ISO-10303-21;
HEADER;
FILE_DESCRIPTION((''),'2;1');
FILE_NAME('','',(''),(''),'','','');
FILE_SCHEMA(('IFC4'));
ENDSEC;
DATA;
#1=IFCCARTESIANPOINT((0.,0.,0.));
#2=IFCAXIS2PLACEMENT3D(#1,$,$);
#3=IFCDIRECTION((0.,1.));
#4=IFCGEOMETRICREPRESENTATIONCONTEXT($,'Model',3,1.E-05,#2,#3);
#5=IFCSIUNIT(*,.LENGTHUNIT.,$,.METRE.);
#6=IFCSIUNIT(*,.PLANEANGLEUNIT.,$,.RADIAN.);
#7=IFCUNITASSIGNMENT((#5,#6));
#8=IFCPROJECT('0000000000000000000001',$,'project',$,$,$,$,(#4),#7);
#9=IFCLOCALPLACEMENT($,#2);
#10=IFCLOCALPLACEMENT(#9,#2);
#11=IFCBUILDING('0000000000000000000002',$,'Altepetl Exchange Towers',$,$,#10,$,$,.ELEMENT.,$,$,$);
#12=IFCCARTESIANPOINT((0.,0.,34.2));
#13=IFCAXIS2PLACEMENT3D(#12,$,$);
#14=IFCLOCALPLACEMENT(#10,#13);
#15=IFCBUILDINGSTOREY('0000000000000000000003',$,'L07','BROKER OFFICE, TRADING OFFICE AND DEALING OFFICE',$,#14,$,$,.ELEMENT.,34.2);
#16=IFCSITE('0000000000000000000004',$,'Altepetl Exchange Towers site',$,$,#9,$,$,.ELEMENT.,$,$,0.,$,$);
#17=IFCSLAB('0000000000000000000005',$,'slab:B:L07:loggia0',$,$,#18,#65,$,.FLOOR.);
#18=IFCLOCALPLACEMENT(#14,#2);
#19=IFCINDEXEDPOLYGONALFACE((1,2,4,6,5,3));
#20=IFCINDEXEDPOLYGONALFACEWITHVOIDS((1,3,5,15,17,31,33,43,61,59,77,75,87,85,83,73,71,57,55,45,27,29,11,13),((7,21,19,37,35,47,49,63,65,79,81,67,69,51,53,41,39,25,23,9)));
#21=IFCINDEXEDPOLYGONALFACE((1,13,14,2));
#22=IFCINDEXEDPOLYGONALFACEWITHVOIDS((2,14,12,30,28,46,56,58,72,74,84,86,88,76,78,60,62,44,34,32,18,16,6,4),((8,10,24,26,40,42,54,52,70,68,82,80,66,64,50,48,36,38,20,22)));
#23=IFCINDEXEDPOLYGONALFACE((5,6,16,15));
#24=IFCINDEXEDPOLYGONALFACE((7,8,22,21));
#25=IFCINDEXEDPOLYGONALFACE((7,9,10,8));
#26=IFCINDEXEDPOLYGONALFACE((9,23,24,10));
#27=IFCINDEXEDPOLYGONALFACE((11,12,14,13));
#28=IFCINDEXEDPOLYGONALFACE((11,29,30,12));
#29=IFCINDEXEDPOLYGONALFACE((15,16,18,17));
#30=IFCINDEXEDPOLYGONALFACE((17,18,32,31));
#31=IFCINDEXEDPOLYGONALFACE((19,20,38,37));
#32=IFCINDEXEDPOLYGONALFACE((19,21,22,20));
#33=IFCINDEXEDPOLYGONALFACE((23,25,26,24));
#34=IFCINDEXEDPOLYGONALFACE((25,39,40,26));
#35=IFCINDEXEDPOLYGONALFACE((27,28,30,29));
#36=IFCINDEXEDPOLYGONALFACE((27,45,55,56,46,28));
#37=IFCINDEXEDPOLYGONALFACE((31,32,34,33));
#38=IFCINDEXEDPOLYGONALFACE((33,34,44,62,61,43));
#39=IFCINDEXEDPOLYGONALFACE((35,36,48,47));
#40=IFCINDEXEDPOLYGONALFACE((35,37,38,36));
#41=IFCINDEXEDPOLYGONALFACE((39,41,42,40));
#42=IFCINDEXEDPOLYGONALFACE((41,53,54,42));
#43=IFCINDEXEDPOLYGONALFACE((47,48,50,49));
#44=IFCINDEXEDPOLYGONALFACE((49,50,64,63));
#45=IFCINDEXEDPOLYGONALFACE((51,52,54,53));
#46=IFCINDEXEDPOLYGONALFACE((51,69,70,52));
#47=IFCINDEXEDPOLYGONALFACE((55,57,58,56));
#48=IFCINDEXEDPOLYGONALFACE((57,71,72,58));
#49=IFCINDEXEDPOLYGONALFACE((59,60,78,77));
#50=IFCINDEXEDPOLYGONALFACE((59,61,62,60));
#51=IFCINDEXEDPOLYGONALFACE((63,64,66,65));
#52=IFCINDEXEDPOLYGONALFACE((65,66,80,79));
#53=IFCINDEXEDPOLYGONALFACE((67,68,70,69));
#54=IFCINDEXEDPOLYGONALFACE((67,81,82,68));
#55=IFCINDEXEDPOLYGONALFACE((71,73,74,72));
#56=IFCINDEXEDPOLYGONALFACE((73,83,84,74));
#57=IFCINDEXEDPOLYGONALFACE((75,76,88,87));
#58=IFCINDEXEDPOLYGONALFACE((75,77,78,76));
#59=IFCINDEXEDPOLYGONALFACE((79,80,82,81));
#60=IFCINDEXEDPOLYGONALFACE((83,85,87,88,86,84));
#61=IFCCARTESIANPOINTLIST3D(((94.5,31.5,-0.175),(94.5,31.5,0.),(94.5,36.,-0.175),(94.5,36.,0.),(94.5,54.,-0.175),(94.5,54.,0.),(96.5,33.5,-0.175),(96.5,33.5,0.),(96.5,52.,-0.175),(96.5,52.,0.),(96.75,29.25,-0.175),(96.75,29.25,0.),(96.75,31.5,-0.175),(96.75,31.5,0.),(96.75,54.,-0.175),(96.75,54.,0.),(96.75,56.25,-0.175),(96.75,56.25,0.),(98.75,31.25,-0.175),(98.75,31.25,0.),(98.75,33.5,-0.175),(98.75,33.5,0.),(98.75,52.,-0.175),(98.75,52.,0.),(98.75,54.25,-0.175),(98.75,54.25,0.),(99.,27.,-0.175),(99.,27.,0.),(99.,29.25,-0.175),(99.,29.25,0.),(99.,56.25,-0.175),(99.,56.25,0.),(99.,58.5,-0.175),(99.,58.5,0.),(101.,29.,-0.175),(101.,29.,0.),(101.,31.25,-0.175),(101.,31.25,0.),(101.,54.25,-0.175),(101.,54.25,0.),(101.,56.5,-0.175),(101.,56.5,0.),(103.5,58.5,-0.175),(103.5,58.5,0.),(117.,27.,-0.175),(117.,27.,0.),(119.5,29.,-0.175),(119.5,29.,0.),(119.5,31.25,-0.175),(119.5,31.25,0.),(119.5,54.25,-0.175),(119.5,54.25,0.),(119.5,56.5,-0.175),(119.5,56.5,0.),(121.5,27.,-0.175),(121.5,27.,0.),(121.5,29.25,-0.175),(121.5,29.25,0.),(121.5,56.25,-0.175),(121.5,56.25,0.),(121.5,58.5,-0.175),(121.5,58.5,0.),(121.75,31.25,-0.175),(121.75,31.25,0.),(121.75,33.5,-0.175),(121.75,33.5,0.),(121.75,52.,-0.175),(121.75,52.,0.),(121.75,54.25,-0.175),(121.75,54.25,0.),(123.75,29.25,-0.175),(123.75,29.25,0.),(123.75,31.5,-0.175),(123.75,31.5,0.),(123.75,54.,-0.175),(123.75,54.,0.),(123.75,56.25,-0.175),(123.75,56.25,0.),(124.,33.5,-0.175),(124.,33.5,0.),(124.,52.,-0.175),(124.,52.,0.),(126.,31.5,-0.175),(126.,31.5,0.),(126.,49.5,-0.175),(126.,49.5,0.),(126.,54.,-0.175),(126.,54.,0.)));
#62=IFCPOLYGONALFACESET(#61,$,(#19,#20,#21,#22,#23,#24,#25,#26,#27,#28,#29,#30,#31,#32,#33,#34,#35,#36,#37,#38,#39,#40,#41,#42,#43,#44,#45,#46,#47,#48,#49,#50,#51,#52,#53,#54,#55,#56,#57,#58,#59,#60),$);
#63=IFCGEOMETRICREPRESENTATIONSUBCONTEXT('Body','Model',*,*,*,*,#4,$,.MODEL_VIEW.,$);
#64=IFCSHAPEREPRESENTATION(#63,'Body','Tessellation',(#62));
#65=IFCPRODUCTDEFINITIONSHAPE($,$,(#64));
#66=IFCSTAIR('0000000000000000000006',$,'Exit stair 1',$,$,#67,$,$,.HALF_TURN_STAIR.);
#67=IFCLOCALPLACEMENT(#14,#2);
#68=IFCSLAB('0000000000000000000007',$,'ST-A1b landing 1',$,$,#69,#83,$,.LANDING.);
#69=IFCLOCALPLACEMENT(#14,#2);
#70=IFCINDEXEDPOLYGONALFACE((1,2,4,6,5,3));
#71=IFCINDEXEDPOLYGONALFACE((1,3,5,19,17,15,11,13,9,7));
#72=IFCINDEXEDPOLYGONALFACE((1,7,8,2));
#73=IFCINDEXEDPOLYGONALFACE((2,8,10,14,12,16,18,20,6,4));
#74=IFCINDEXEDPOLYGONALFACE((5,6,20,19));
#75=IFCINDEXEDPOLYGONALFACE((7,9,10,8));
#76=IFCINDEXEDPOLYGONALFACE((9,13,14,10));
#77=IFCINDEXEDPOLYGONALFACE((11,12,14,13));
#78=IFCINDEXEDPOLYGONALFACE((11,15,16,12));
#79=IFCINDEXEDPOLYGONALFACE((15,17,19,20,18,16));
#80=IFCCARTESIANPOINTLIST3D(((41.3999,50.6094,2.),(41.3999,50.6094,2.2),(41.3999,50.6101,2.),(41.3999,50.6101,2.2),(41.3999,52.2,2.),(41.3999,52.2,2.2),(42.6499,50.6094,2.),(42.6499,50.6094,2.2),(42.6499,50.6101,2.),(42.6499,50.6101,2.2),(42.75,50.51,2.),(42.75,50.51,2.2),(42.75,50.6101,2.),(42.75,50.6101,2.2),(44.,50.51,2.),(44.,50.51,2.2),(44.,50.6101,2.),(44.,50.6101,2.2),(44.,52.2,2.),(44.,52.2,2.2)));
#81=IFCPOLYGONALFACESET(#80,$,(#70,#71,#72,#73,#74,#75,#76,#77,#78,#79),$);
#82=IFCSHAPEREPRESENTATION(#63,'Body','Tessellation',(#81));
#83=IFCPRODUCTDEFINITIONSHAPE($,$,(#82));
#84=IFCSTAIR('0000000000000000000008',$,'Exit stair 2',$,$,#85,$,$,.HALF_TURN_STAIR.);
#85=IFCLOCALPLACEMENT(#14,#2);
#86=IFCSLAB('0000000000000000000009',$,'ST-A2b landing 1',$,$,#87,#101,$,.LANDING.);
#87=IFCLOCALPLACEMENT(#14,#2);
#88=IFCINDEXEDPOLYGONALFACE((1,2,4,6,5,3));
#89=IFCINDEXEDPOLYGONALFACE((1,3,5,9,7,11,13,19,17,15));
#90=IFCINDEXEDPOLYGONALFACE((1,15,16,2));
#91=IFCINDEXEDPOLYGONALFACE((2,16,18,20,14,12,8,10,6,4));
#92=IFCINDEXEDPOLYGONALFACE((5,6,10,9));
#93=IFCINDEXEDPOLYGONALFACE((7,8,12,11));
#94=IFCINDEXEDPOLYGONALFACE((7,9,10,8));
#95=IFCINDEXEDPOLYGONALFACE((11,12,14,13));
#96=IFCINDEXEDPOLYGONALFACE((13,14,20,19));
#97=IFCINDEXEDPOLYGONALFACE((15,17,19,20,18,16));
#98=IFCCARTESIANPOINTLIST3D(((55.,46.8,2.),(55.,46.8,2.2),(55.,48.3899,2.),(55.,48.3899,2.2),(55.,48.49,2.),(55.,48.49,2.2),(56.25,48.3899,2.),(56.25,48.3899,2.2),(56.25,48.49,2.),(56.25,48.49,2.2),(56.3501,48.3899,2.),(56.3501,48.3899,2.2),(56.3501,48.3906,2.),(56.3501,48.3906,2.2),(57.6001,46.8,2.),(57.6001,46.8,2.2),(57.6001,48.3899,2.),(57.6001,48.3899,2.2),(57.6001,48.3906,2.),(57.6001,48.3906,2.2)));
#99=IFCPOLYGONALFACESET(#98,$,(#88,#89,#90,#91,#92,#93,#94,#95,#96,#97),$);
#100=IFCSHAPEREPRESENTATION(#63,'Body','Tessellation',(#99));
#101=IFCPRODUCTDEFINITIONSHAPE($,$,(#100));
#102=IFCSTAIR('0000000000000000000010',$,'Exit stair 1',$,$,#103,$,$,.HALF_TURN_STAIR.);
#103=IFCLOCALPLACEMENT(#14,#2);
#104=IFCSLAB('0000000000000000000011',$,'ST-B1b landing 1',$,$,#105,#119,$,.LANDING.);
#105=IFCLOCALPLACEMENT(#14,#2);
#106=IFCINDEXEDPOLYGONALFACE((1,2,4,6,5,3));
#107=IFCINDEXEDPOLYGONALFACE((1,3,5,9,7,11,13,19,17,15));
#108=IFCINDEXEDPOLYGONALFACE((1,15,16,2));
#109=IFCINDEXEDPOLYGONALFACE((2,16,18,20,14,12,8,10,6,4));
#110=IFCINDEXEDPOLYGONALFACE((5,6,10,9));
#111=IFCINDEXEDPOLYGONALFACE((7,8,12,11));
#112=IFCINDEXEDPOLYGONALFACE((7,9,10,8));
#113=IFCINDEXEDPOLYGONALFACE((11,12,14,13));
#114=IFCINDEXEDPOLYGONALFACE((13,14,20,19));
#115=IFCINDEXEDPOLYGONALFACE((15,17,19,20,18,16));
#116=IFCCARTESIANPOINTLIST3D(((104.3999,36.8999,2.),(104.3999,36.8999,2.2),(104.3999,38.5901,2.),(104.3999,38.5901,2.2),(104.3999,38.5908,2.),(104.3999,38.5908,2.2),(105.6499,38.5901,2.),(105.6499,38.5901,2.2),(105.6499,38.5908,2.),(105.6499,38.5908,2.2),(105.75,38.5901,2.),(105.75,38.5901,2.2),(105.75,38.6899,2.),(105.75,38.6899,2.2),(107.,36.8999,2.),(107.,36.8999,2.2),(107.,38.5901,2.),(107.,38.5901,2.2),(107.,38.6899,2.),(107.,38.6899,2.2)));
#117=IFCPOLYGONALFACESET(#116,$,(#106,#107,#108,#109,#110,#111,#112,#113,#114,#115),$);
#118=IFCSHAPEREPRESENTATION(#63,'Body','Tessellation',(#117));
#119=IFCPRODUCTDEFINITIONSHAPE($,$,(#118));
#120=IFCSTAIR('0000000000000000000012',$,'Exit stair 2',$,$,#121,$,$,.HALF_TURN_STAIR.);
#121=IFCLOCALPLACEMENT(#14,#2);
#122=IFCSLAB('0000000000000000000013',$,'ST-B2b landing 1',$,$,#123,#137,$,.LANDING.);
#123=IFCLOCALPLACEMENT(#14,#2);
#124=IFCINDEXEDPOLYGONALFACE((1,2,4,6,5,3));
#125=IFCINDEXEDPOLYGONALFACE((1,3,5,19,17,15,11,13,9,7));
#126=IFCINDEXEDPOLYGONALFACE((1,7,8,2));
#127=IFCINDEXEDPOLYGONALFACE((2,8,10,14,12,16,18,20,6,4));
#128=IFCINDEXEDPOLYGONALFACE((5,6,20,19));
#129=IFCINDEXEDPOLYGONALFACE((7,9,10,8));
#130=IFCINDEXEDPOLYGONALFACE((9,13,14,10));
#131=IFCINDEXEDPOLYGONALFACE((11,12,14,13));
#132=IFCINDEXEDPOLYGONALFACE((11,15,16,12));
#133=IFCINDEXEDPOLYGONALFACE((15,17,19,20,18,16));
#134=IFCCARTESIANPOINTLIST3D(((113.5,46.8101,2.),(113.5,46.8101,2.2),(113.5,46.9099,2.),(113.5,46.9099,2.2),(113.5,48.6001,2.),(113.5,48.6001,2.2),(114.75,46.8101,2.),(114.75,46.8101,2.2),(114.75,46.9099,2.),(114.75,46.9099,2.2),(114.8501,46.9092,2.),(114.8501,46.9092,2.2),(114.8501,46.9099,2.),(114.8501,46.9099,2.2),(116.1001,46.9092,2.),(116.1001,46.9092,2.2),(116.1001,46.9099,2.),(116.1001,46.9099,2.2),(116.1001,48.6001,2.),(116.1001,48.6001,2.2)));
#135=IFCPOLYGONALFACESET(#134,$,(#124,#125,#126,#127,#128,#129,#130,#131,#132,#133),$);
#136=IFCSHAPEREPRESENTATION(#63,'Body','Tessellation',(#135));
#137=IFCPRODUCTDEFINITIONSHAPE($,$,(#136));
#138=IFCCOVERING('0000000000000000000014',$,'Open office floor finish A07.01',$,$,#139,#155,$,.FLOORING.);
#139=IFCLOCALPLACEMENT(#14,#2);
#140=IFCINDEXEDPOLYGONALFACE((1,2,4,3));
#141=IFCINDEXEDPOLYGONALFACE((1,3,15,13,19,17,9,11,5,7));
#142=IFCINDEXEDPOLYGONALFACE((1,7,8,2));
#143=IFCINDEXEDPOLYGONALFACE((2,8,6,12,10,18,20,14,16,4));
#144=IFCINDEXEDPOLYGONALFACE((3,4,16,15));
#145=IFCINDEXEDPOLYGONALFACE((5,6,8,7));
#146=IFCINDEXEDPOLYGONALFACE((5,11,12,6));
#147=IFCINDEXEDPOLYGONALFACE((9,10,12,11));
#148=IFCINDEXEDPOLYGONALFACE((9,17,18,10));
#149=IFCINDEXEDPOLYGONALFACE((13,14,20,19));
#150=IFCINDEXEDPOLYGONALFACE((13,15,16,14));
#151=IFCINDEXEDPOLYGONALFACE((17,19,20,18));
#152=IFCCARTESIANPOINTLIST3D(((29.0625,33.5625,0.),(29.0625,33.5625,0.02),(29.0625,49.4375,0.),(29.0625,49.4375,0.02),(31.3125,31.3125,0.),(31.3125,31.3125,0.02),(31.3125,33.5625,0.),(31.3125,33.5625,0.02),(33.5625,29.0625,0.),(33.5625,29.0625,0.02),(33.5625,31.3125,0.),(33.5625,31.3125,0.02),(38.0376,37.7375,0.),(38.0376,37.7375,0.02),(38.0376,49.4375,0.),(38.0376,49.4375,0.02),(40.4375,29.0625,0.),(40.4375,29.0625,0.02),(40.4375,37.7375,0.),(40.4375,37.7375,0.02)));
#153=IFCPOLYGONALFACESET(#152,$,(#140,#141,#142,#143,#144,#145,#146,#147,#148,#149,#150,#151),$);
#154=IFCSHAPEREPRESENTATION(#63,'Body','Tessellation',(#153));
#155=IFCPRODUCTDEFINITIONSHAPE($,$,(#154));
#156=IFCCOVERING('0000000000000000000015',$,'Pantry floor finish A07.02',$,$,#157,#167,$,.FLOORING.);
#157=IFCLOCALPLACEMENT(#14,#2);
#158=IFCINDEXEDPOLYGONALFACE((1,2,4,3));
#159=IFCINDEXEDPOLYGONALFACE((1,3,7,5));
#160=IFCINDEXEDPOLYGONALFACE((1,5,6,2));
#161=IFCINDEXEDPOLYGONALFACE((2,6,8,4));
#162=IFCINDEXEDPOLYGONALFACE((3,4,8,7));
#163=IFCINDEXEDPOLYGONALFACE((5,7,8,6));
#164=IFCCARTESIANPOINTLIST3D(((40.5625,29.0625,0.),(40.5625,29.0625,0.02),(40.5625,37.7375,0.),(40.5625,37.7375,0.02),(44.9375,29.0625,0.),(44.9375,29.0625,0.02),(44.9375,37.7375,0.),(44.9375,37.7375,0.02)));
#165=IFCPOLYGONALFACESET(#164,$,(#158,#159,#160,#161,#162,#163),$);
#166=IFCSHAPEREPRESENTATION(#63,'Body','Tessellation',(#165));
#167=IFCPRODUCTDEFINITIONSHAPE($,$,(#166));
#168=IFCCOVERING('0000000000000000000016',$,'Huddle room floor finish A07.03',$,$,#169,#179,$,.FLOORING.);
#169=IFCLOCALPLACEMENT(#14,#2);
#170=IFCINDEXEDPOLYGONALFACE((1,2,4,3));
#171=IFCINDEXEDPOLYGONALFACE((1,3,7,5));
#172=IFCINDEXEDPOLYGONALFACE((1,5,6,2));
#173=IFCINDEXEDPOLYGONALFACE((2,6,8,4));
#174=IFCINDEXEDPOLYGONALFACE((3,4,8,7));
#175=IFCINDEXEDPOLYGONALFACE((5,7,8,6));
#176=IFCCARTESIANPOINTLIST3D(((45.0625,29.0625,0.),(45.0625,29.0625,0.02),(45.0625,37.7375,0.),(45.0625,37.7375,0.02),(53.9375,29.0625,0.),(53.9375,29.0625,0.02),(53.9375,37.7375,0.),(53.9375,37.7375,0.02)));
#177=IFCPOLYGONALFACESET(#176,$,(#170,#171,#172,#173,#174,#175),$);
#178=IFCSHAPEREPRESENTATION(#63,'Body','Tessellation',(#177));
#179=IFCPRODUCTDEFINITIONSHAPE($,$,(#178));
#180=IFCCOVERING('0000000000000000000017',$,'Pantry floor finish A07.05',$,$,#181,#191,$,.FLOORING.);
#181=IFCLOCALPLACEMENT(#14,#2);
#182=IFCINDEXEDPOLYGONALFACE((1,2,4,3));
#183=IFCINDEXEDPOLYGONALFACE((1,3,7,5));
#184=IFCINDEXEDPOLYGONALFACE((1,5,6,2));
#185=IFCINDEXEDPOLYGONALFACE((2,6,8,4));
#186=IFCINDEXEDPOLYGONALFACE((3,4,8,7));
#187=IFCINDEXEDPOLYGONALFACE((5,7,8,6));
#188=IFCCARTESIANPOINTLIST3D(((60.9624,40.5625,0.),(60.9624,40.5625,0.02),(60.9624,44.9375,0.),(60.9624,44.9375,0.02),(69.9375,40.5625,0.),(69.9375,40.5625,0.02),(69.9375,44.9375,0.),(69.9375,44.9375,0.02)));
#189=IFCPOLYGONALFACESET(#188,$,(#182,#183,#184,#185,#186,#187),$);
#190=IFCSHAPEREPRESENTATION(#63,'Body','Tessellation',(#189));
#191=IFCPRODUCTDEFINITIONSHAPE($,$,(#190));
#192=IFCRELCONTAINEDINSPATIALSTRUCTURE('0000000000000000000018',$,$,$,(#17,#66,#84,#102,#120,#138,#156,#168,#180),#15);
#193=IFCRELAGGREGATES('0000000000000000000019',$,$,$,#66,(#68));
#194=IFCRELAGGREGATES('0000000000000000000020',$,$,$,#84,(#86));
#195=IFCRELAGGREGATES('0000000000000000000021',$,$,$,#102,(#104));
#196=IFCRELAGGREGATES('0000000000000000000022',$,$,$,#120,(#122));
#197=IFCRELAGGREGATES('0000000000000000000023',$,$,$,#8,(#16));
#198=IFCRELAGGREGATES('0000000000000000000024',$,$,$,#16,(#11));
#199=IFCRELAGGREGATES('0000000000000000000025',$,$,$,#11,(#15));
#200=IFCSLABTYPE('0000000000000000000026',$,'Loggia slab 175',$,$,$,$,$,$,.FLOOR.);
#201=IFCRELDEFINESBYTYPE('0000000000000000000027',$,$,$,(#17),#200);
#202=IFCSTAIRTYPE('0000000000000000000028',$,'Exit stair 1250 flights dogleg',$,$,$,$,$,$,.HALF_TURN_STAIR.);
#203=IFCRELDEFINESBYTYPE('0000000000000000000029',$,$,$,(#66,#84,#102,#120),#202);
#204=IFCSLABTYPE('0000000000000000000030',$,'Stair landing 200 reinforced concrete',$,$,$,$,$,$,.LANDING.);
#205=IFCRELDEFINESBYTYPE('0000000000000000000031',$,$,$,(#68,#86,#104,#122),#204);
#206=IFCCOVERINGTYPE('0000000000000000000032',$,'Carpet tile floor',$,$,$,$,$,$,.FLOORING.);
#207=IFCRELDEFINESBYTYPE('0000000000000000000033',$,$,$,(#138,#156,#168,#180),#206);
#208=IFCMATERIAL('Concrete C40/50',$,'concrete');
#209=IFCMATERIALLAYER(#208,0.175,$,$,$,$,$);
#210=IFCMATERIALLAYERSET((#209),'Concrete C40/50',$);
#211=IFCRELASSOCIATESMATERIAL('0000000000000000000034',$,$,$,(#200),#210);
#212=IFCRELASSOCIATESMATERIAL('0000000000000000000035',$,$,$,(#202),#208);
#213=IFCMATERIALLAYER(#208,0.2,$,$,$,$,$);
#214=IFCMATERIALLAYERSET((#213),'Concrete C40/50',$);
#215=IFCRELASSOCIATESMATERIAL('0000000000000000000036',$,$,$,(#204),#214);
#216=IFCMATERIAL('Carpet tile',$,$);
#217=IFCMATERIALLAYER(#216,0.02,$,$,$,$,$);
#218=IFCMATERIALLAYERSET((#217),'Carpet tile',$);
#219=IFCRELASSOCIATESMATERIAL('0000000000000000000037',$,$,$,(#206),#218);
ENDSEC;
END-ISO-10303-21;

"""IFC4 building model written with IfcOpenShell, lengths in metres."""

from ifc_helpers import new_model, si_unit, direction, frame, origin, place, context, subcontext, project, spatial, polyline, outline, extrude, material, layer, layer_set, type_object, element, aggregate, save


model = new_model("IFC4")

# Units and contexts
model_context = context("Model", 3, precision=1e-05, world=origin(), true_north=direction((0.0, 1.0)))
body_context = subcontext(model_context, "Body", "Model", "MODEL_VIEW")
ifc_project = project(units=[si_unit("LENGTHUNIT", "METRE"), si_unit("PLANEANGLEUNIT", "RADIAN")], contexts=[model_context])

# Site, building, storey
site_placement = place(None, origin())
site = spatial("IfcSite", under=ifc_project, at=site_placement, Name="Altepetl Exchange Towers site", CompositionType="ELEMENT", RefElevation=0.0)
building_placement = place(site_placement, origin())
building = spatial("IfcBuilding", under=site, at=building_placement, Name="Altepetl Exchange Towers", CompositionType="ELEMENT")
storey_placement = place(building_placement, frame((0.0, 0.0, 34.2)))
storey = spatial("IfcBuildingStorey", under=building, at=storey_placement, Name="L07", Description="BROKER OFFICE, TRADING OFFICE AND DEALING OFFICE", CompositionType="ELEMENT", Elevation=34.2)

# Slab
ifc_material_1 = material(Name="Concrete C40/50", Category="concrete")
ifc_layer_1 = layer(ifc_material_1, 0.175)
ifc_layer_set_1 = layer_set([ifc_layer_1], Name="Concrete C40/50")
slab_type_1 = type_object("IfcSlabType", Name="Loggia slab 175", PredefinedType="FLOOR", material=ifc_layer_set_1)
slab_1_placement = place(storey_placement, frame((0.0, 0.0, -0.175)))
element("IfcSlab", 1, at=slab_1_placement, inside=storey, type_object=slab_type_1, Name="slab:B:L07:loggia0", PredefinedType="FLOOR", context=body_context, shape_type="SweptSolid", body=[
    extrude(outline(polyline([(96.75, 54.0), (94.5, 54.0), (94.5, 36.0), (94.5, 31.5), (96.75, 31.5), (96.75, 29.25), (99.0, 29.25), (99.0, 27.0), (117.0, 27.0), (121.5, 27.0), (121.5, 29.25), (123.75, 29.25), (123.75, 31.5), (126.0, 31.5), (126.0, 49.5), (126.0, 54.0), (123.75, 54.0), (123.75, 56.25), (121.5, 56.25), (121.5, 58.5), (103.5, 58.5), (99.0, 58.5), (99.0, 56.25), (96.75, 56.25), (96.75, 54.0)]), holes=[polyline([(96.5, 52.0), (98.75, 52.0), (98.75, 54.25), (101.0, 54.25), (101.0, 56.5), (119.5, 56.5), (119.5, 54.25), (121.75, 54.25), (121.75, 52.0), (124.0, 52.0), (124.0, 33.5), (121.75, 33.5), (121.75, 31.25), (119.5, 31.25), (119.5, 29.0), (101.0, 29.0), (101.0, 31.25), (98.75, 31.25), (98.75, 33.5), (96.5, 33.5), (96.5, 52.0)])]), origin(), (0.0, 0.0, 1.0), 0.175),
])

# Stairs, slabs
stair_type = type_object("IfcStairType", Name="Exit stair 1250 flights dogleg", PredefinedType="HALF_TURN_STAIR", material=ifc_material_1)
stair_1_placement = place(storey_placement, origin())
stair_1 = element("IfcStair", 2, at=stair_1_placement, inside=storey, type_object=stair_type, Name="Exit stair 1", PredefinedType="HALF_TURN_STAIR")
ifc_layer_2 = layer(ifc_material_1, 0.2)
ifc_layer_set_2 = layer_set([ifc_layer_2], Name="Concrete C40/50")
slab_type_2 = type_object("IfcSlabType", Name="Stair landing 200 reinforced concrete", PredefinedType="LANDING", material=ifc_layer_set_2)
slab_2_placement = place(storey_placement, frame((0.0, 0.0, 2.0)))
slab_2 = element("IfcSlab", 3, at=slab_2_placement, type_object=slab_type_2, Name="ST-A1b landing 1", PredefinedType="LANDING", context=body_context, shape_type="SweptSolid", body=[
    extrude(outline(polyline([(44.0, 50.51), (42.75, 50.51), (42.75, 50.6101), (42.6499, 50.6101), (42.6499, 50.6094), (41.3999, 50.6094), (41.3999, 50.6101), (41.3999, 52.2), (44.0, 52.2), (44.0, 50.6101), (44.0, 50.51)])), origin(), (0.0, 0.0, 1.0), 0.2),
])
aggregate(stair_1, [slab_2])
stair_2_placement = place(storey_placement, origin())
stair_2 = element("IfcStair", 4, at=stair_2_placement, inside=storey, type_object=stair_type, Name="Exit stair 2", PredefinedType="HALF_TURN_STAIR")
slab_3_placement = place(storey_placement, frame((0.0, 0.0, 2.0)))
slab_3 = element("IfcSlab", 5, at=slab_3_placement, type_object=slab_type_2, Name="ST-A2b landing 1", PredefinedType="LANDING", context=body_context, shape_type="SweptSolid", body=[
    extrude(outline(polyline([(57.6001, 46.8), (55.0, 46.8), (55.0, 48.3899), (55.0, 48.49), (56.25, 48.49), (56.25, 48.3899), (56.3501, 48.3899), (56.3501, 48.3906), (57.6001, 48.3906), (57.6001, 48.3899), (57.6001, 46.8)])), origin(), (0.0, 0.0, 1.0), 0.2),
])
aggregate(stair_2, [slab_3])
stair_3_placement = place(storey_placement, origin())
stair_3 = element("IfcStair", 6, at=stair_3_placement, inside=storey, type_object=stair_type, Name="Exit stair 1", PredefinedType="HALF_TURN_STAIR")
slab_4_placement = place(storey_placement, frame((0.0, 0.0, 2.0)))
slab_4 = element("IfcSlab", 7, at=slab_4_placement, type_object=slab_type_2, Name="ST-B1b landing 1", PredefinedType="LANDING", context=body_context, shape_type="SweptSolid", body=[
    extrude(outline(polyline([(107.0, 36.8999), (104.3999, 36.8999), (104.3999, 38.5901), (104.3999, 38.5908), (105.6499, 38.5908), (105.6499, 38.5901), (105.75, 38.5901), (105.75, 38.6899), (107.0, 38.6899), (107.0, 38.5901), (107.0, 36.8999)])), origin(), (0.0, 0.0, 1.0), 0.2),
])
aggregate(stair_3, [slab_4])
stair_4_placement = place(storey_placement, origin())
stair_4 = element("IfcStair", 8, at=stair_4_placement, inside=storey, type_object=stair_type, Name="Exit stair 2", PredefinedType="HALF_TURN_STAIR")
slab_5_placement = place(storey_placement, frame((0.0, 0.0, 2.0)))
slab_5 = element("IfcSlab", 9, at=slab_5_placement, type_object=slab_type_2, Name="ST-B2b landing 1", PredefinedType="LANDING", context=body_context, shape_type="SweptSolid", body=[
    extrude(outline(polyline([(114.75, 46.8101), (113.5, 46.8101), (113.5, 46.9099), (113.5, 48.6001), (116.1001, 48.6001), (116.1001, 46.9099), (116.1001, 46.9092), (114.8501, 46.9092), (114.8501, 46.9099), (114.75, 46.9099), (114.75, 46.8101)])), origin(), (0.0, 0.0, 1.0), 0.2),
])
aggregate(stair_4, [slab_5])

# Coverings
ifc_material_2 = material(Name="Carpet tile")
ifc_layer_3 = layer(ifc_material_2, 0.02)
ifc_layer_set_3 = layer_set([ifc_layer_3], Name="Carpet tile")
covering_type_1 = type_object("IfcCoveringType", Name="Carpet tile floor", PredefinedType="FLOORING", material=ifc_layer_set_3)
covering_1_placement = place(storey_placement, origin())
element("IfcCovering", 10, at=covering_1_placement, inside=storey, type_object=covering_type_1, Name="Open office floor finish A07.01", PredefinedType="FLOORING", context=body_context, shape_type="SweptSolid", body=[
    extrude(outline(polyline([(40.4375, 29.0625), (40.4375, 37.7375), (38.0376, 37.7375), (38.0376, 49.4375), (29.0625, 49.4375), (29.0625, 33.5625), (31.3125, 33.5625), (31.3125, 31.3125), (33.5625, 31.3125), (33.5625, 29.0625), (40.4375, 29.0625)])), origin(), (0.0, 0.0, 1.0), 0.02),
])
covering_2_placement = place(storey_placement, origin())
element("IfcCovering", 11, at=covering_2_placement, inside=storey, type_object=covering_type_1, Name="Pantry floor finish A07.02", PredefinedType="FLOORING", context=body_context, shape_type="SweptSolid", body=[
    extrude(outline(polyline([(44.9375, 29.0625), (44.9375, 37.7375), (40.5625, 37.7375), (40.5625, 29.0625), (44.9375, 29.0625)])), origin(), (0.0, 0.0, 1.0), 0.02),
])
covering_3_placement = place(storey_placement, origin())
element("IfcCovering", 12, at=covering_3_placement, inside=storey, type_object=covering_type_1, Name="Huddle room floor finish A07.03", PredefinedType="FLOORING", context=body_context, shape_type="SweptSolid", body=[
    extrude(outline(polyline([(53.9375, 29.0625), (53.9375, 37.7375), (45.0625, 37.7375), (45.0625, 29.0625), (53.9375, 29.0625)])), origin(), (0.0, 0.0, 1.0), 0.02),
])
covering_4_placement = place(storey_placement, origin())
element("IfcCovering", 13, at=covering_4_placement, inside=storey, type_object=covering_type_1, Name="Pantry floor finish A07.05", PredefinedType="FLOORING", context=body_context, shape_type="SweptSolid", body=[
    extrude(outline(polyline([(69.9375, 44.9375), (60.9624, 44.9375), (60.9624, 40.5625), (69.9375, 40.5625), (69.9375, 44.9375)])), origin(), (0.0, 0.0, 1.0), 0.02),
])

save(model, "model.ifc")
